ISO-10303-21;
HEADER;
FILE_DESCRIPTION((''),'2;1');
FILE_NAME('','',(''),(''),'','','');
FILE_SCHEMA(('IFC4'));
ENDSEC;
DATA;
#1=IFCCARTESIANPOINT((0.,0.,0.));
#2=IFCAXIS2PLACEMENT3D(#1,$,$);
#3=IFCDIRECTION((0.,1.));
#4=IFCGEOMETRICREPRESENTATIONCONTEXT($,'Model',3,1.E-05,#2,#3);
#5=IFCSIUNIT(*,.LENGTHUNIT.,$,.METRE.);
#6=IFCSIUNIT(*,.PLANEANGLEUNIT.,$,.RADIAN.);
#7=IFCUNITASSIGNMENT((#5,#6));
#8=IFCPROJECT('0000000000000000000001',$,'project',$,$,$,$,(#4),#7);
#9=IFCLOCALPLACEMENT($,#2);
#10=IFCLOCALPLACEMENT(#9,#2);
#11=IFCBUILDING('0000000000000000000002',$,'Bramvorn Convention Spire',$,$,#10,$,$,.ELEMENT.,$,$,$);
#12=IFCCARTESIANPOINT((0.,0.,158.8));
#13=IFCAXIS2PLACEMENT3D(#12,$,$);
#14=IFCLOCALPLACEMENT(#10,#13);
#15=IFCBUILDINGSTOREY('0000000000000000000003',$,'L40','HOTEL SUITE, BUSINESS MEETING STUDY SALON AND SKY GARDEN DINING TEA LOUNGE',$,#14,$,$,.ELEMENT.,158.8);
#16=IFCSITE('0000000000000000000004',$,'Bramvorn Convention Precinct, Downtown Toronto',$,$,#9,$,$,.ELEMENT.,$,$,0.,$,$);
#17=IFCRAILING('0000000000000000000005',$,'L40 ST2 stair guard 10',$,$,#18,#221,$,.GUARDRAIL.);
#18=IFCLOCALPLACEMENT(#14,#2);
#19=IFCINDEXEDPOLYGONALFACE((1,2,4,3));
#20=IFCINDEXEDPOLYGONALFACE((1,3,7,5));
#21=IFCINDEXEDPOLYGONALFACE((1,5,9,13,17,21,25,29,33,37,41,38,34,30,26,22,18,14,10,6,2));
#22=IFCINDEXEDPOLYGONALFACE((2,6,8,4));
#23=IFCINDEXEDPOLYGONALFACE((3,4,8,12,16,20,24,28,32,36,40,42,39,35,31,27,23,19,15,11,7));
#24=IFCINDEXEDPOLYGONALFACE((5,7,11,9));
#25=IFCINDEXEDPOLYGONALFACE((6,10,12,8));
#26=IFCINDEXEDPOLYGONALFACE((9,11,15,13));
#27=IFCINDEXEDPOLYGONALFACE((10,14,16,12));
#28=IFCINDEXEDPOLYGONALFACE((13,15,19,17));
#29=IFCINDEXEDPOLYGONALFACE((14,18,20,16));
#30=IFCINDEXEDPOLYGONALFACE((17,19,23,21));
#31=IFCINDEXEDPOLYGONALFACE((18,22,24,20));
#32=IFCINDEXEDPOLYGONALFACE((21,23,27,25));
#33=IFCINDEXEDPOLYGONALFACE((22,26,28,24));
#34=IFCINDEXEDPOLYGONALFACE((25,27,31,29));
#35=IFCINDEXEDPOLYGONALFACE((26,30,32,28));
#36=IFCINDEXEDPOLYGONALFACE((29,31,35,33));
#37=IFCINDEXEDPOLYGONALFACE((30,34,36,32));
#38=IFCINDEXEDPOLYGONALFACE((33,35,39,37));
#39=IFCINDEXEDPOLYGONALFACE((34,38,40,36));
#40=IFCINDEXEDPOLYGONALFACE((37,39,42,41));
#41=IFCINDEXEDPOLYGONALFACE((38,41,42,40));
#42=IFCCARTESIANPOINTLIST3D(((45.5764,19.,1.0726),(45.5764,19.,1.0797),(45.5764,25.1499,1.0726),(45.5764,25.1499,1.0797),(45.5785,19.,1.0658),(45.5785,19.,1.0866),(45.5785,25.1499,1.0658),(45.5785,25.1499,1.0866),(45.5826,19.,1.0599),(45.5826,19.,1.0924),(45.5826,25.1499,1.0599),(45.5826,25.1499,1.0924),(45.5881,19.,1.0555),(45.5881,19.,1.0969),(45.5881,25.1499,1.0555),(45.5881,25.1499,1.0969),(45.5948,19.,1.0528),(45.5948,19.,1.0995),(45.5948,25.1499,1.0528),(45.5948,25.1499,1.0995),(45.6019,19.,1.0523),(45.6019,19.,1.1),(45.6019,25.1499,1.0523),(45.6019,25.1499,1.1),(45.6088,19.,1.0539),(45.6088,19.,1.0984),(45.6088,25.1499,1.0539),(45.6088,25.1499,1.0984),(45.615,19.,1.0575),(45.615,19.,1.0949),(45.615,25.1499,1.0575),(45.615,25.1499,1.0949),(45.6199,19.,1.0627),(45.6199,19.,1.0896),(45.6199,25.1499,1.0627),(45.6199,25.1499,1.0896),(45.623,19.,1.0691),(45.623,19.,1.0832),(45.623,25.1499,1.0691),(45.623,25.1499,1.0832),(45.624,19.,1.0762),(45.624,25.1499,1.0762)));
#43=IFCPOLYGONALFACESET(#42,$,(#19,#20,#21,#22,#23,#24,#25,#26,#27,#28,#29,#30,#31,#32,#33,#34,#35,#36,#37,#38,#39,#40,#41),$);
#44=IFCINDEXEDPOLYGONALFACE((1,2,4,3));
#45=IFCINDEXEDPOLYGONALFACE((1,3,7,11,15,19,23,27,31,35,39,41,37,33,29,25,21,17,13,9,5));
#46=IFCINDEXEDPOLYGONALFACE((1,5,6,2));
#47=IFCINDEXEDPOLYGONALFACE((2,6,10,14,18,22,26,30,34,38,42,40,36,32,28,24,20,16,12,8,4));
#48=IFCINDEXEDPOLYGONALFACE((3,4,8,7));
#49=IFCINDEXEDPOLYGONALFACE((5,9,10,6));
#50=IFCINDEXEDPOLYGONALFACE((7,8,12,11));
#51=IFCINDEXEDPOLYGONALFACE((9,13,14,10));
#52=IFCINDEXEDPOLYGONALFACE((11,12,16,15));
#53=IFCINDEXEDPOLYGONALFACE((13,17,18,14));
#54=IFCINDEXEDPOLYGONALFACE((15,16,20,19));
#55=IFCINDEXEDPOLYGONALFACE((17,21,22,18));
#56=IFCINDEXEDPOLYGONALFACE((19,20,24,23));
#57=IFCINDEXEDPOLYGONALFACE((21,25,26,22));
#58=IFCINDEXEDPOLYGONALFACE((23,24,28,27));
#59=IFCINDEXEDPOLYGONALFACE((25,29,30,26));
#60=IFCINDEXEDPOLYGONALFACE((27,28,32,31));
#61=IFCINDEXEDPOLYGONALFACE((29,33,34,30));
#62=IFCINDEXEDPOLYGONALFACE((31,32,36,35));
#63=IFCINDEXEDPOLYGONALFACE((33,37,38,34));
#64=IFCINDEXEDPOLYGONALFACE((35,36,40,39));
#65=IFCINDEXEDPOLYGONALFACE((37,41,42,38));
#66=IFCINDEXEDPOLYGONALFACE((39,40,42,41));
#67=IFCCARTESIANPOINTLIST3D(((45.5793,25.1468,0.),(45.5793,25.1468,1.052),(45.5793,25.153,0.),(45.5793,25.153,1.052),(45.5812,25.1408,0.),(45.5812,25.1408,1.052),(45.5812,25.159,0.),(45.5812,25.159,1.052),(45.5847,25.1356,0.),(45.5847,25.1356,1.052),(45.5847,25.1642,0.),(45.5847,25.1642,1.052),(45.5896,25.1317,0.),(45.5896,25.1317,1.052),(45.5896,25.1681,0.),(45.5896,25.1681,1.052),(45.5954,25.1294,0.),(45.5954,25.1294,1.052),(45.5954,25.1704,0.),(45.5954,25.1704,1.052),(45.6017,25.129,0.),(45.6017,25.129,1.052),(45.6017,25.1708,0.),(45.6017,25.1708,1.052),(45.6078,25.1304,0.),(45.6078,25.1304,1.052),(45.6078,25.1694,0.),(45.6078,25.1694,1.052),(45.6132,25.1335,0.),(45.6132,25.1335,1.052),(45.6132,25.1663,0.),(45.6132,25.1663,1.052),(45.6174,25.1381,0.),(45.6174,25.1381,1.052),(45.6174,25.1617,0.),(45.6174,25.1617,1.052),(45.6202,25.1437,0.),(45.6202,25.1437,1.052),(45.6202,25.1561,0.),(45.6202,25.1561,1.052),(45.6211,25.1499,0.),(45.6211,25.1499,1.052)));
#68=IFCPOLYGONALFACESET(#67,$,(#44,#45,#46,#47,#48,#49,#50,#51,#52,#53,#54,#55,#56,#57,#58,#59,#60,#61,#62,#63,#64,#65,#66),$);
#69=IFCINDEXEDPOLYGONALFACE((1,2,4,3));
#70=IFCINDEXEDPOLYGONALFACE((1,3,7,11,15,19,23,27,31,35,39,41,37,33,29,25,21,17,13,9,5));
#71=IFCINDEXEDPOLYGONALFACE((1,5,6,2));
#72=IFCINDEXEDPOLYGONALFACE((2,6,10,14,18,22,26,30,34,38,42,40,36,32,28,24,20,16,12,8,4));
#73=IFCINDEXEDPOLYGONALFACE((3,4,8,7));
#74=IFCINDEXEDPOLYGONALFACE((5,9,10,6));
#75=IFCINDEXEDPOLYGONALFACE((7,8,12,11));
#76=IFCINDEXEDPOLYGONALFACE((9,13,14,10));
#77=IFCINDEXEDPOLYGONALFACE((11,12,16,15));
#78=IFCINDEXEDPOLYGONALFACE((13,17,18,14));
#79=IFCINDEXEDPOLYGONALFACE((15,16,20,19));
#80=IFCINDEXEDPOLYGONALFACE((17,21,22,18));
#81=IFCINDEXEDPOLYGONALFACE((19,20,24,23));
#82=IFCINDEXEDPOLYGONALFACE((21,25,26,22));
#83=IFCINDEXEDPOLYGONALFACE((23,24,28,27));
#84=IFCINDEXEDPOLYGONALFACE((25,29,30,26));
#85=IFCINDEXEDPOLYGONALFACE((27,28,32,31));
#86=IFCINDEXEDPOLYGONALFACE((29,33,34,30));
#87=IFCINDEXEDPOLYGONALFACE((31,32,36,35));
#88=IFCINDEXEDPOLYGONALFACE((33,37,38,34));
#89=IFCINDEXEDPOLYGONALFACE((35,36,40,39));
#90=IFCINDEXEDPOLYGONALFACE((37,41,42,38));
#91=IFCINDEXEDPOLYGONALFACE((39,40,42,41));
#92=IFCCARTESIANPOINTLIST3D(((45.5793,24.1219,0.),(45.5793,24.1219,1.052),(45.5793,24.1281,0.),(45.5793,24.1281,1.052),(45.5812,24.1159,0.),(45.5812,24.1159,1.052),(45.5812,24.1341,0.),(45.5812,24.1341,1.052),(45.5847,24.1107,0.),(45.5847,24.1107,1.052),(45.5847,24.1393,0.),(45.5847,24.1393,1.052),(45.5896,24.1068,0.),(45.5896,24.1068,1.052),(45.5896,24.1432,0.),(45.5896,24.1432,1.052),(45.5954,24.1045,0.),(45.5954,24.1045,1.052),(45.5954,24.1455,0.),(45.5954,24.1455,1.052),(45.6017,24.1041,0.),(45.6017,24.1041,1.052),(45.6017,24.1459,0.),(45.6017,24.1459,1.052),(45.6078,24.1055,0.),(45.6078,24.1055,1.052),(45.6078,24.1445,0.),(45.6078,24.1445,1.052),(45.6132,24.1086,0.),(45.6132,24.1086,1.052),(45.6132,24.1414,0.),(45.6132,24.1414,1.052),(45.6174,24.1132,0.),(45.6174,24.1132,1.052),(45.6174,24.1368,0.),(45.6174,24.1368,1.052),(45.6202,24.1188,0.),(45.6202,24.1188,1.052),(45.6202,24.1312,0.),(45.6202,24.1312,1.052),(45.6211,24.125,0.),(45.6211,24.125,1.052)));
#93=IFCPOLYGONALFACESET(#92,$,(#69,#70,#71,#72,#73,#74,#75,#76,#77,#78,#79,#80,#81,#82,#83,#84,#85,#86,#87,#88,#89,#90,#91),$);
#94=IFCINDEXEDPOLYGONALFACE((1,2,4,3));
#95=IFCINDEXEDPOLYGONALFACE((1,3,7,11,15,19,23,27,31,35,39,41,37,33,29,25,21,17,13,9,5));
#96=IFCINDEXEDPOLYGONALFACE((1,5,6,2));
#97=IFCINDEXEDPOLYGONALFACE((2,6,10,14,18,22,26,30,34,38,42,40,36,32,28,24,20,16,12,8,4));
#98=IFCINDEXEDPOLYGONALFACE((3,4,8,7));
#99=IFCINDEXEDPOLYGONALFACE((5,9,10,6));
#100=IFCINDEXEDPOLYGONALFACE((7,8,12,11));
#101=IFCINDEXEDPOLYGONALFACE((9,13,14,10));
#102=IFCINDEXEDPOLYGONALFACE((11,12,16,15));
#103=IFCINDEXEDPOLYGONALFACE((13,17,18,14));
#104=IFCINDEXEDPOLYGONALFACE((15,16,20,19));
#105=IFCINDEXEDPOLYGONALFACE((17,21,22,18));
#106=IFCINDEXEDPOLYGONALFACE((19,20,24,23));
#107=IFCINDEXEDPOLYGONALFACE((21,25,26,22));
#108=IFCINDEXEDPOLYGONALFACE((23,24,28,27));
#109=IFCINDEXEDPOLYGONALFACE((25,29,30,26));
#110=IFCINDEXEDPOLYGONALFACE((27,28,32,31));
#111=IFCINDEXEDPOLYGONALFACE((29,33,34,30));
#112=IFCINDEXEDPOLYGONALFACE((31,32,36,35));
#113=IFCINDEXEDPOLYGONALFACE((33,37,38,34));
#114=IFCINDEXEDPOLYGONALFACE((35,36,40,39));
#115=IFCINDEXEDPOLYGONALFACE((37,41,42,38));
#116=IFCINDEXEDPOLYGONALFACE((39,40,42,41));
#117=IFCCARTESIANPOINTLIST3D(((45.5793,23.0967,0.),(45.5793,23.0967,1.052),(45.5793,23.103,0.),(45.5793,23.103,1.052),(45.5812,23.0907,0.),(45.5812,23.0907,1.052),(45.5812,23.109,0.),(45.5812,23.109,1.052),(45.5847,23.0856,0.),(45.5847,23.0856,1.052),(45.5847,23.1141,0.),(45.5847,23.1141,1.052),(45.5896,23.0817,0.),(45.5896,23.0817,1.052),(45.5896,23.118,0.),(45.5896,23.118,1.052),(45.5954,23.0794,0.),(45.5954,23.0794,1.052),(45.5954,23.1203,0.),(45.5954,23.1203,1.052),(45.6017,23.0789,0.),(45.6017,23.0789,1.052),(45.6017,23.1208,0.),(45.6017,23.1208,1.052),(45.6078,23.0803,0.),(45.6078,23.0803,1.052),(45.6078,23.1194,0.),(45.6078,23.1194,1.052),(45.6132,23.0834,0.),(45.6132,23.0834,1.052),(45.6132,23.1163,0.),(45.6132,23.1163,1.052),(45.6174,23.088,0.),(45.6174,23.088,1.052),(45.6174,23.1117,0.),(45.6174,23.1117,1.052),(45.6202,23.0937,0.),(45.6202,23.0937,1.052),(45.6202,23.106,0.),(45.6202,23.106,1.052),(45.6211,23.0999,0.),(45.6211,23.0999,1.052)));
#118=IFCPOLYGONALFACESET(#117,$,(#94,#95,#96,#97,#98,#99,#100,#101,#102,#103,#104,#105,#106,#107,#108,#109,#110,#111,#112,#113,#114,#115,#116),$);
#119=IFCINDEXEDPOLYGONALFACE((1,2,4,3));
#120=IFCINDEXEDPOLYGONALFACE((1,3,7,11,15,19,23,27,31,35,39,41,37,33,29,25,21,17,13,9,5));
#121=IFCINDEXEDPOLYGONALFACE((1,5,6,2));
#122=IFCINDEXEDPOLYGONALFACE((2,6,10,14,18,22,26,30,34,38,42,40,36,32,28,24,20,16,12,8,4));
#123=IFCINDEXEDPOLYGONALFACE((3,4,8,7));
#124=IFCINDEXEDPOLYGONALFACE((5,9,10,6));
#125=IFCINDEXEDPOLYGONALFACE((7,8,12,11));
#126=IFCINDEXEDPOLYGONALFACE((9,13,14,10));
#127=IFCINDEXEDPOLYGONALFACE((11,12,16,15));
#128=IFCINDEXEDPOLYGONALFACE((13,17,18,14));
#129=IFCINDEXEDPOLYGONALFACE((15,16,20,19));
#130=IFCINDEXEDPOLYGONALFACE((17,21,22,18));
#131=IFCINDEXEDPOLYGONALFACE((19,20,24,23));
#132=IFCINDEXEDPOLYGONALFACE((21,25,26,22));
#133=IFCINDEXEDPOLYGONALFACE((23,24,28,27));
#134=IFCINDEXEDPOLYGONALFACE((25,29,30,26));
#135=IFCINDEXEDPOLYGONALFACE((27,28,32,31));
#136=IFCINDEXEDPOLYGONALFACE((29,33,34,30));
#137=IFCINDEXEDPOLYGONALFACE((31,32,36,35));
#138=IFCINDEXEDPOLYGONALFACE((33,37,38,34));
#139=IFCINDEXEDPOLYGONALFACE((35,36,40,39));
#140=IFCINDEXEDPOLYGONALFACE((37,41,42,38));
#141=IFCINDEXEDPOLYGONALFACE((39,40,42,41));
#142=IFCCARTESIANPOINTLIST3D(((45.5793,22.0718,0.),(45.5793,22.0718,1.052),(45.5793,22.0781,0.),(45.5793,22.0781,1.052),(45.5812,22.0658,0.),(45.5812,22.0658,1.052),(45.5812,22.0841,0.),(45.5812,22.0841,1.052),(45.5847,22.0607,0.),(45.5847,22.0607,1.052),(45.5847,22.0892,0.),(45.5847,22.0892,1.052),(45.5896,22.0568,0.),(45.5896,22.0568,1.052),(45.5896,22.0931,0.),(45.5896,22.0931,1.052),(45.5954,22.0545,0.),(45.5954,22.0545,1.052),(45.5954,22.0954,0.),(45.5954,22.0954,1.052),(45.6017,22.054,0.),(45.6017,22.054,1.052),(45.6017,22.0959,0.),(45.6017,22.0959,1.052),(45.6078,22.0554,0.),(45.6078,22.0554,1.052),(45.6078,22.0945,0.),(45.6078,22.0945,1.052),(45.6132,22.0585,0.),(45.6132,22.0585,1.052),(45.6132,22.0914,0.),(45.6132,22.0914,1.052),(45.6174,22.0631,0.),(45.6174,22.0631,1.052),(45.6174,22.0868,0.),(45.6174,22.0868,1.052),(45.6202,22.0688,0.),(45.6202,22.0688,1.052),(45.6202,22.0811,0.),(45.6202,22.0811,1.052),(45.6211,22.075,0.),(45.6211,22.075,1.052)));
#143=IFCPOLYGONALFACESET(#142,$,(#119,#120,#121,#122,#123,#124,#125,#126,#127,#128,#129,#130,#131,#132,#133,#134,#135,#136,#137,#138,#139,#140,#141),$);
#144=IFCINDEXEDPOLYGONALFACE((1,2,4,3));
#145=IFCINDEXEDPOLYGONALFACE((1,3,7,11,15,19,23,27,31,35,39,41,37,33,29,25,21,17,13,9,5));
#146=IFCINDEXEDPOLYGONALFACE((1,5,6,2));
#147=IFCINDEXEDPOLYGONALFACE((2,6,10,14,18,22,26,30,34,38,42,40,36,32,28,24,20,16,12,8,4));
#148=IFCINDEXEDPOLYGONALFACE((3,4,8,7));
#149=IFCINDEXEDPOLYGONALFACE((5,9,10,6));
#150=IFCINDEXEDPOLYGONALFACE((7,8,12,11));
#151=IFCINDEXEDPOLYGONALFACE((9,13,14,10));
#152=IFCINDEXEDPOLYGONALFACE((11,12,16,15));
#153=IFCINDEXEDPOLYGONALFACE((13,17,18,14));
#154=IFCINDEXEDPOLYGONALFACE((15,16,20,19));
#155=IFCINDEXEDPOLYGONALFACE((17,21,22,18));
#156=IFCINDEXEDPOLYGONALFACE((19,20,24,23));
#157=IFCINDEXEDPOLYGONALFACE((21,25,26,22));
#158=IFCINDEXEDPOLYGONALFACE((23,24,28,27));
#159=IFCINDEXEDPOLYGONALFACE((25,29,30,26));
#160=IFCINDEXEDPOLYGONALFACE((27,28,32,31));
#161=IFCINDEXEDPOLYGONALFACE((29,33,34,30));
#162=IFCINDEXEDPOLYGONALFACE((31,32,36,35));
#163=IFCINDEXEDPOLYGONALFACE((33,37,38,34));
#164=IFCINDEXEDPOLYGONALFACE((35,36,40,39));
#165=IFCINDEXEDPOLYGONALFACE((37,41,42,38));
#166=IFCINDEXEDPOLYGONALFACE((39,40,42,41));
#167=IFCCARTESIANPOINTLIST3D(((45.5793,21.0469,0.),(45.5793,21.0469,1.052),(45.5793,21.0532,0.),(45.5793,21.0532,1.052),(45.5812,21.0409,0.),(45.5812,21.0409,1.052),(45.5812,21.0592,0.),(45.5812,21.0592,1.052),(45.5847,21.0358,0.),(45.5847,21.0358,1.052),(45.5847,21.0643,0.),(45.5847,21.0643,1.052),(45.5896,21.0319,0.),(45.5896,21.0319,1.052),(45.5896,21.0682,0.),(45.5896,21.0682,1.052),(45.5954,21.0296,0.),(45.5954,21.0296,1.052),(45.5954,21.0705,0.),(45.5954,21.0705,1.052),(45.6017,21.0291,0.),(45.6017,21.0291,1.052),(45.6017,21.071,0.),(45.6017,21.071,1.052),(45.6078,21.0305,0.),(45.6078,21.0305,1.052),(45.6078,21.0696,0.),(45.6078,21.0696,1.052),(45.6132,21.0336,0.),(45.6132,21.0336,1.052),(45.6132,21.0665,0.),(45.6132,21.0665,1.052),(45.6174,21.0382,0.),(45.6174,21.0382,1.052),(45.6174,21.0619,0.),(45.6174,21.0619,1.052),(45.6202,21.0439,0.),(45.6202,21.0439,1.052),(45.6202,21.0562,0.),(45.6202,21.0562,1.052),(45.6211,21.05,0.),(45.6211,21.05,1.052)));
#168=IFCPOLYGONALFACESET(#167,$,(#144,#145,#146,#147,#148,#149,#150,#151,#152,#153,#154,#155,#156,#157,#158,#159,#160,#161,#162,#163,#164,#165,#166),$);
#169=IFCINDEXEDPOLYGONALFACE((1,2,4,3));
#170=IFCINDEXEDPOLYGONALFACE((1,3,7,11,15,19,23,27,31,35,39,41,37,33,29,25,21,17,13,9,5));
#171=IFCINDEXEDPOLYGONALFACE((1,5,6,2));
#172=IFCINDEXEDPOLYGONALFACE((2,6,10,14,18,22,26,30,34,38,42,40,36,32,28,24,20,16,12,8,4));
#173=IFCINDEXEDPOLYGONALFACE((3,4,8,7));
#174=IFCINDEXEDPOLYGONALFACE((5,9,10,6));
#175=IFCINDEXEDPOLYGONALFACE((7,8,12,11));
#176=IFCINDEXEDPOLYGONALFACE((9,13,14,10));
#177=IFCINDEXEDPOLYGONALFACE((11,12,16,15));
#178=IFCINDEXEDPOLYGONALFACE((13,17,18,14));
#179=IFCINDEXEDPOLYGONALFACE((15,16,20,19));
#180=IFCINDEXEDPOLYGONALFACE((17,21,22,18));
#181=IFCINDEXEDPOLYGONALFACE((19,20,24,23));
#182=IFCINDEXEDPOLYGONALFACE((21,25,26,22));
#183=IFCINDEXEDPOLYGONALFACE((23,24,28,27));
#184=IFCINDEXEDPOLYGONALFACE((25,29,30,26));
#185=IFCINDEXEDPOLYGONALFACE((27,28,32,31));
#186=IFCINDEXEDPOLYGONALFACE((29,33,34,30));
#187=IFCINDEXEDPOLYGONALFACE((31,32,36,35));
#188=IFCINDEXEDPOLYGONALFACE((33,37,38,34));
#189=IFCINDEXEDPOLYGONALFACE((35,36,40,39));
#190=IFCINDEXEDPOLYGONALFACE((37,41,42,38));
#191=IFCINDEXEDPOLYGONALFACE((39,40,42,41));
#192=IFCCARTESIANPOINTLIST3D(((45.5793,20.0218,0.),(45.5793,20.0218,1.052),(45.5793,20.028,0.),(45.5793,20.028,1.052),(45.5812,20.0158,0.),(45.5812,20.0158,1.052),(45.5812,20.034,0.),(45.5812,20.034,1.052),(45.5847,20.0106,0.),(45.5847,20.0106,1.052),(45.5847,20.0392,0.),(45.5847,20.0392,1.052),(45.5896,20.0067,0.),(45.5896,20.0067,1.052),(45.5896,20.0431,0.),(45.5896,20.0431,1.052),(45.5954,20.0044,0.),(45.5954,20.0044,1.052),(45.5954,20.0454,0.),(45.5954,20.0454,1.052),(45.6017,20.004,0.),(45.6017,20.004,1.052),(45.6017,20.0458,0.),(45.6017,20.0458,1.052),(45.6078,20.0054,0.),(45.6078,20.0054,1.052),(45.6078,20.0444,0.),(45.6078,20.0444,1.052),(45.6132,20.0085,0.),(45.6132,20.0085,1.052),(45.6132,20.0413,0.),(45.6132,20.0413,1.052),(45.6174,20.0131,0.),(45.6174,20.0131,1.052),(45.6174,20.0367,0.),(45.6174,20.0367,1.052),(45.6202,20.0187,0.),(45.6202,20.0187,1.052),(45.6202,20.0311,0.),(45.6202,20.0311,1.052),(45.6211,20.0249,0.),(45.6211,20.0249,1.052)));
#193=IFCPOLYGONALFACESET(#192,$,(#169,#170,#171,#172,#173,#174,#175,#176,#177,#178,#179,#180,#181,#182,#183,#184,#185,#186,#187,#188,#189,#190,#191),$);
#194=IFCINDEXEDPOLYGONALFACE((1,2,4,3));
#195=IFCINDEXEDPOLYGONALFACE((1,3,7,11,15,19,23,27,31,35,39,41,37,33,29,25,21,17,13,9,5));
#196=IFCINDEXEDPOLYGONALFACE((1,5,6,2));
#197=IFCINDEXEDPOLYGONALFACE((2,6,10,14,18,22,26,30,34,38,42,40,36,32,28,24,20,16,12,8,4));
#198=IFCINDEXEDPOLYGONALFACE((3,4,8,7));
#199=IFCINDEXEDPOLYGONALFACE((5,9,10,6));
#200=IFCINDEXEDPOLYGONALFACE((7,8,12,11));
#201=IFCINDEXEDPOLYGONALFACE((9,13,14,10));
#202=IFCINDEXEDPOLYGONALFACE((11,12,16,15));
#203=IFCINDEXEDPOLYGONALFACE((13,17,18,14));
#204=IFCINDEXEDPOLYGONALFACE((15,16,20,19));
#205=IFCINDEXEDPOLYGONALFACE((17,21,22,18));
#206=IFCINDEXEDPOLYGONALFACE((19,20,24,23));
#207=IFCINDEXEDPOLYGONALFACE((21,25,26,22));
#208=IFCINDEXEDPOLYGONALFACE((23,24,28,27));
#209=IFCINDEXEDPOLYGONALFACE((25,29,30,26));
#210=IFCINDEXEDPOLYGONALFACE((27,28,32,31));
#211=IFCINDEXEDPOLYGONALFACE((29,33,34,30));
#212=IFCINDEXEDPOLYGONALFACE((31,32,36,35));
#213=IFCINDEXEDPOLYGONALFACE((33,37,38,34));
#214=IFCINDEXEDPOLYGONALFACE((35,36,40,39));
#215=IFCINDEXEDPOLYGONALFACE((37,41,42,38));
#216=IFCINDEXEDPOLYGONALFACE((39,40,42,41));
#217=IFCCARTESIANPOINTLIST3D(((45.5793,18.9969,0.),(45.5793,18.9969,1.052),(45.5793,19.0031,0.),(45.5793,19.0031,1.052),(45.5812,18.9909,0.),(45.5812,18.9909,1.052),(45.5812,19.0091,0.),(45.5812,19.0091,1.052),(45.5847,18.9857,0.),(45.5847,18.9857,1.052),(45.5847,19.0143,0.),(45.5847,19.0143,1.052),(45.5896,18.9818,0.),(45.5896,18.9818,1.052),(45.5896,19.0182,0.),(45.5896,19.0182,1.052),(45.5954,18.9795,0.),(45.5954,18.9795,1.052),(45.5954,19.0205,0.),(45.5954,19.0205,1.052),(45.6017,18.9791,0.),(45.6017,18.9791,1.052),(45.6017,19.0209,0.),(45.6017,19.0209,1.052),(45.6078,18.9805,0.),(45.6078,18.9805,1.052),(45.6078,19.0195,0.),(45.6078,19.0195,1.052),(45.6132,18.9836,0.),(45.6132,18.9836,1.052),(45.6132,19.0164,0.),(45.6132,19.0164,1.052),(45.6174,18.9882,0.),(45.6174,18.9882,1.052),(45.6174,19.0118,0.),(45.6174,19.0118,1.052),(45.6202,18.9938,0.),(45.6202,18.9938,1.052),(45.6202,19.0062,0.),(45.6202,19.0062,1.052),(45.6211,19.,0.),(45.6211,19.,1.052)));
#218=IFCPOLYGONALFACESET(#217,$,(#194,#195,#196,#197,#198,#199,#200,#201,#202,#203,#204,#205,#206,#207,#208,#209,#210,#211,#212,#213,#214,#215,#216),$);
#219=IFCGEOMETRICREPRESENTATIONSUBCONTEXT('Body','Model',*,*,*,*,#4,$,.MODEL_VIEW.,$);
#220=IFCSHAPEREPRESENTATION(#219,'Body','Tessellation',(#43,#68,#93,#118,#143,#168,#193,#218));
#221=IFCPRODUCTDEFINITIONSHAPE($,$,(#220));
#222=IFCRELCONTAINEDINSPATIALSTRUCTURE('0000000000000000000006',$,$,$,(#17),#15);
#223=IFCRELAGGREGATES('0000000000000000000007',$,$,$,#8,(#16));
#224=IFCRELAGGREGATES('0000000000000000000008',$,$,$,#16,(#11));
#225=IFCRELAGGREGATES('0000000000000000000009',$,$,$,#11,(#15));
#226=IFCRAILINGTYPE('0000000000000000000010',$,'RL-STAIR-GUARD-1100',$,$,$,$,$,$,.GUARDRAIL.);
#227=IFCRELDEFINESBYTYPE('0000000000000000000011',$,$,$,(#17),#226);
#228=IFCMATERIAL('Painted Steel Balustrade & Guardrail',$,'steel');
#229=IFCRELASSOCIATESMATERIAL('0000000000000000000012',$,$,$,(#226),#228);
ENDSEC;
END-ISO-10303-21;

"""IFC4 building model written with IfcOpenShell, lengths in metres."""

from ifc_helpers import new_model, si_unit, direction, frame, origin, origin_2d, place, context, subcontext, project, spatial, circle, extrude, material, type_object, element, save


model = new_model("IFC4")

# Units and contexts
model_context = context("Model", 3, precision=1e-05, world=origin(), true_north=direction((0.0, 1.0)))
body_context = subcontext(model_context, "Body", "Model", "MODEL_VIEW")
ifc_project = project(units=[si_unit("LENGTHUNIT", "METRE"), si_unit("PLANEANGLEUNIT", "RADIAN")], contexts=[model_context])

# Site, building, storey
site_placement = place(None, origin())
site = spatial("IfcSite", under=ifc_project, at=site_placement, Name="Bramvorn Convention Precinct, Downtown Toronto", CompositionType="ELEMENT", RefElevation=0.0)
building_placement = place(site_placement, origin())
building = spatial("IfcBuilding", under=site, at=building_placement, Name="Bramvorn Convention Spire", CompositionType="ELEMENT")
storey_placement = place(building_placement, frame((0.0, 0.0, 158.8)))
storey = spatial("IfcBuildingStorey", under=building, at=storey_placement, Name="L40", Description="HOTEL SUITE, BUSINESS MEETING STUDY SALON AND SKY GARDEN DINING TEA LOUNGE", CompositionType="ELEMENT", Elevation=158.8)

# Railing
ifc_material_1 = material(Name="Painted Steel Balustrade & Guardrail", Category="steel")
railing_type_1 = type_object("IfcRailingType", Name="RL-STAIR-GUARD-1100", PredefinedType="GUARDRAIL", material=ifc_material_1)
railing_1_placement = place(storey_placement, frame((45.6001, 25.1499, 0.0)))
element("IfcRailing", 1, at=railing_1_placement, inside=storey, type_object=railing_type_1, Name="L40 ST2 stair guard 10", PredefinedType="GUARDRAIL", context=body_context, shape_type="SweptSolid", body=[
    extrude(circle(Radius=0.0239, at=origin_2d()), frame((0.0, 0.0, 1.0762), z_axis=(0.0, -1.0, 0.0), x_axis=(1.0, 0.0, 0.0)), (0.0, 0.0, 1.0), 6.1499),
    extrude(circle(Radius=0.021, at=origin_2d()), origin(), (0.0, 0.0, 1.0), 1.052),
    extrude(circle(Radius=0.021, at=origin_2d()), frame((0.0, -1.0249, 0.0)), (0.0, 0.0, 1.0), 1.052),
    extrude(circle(Radius=0.021, at=origin_2d()), frame((0.0, -2.05, 0.0)), (0.0, 0.0, 1.0), 1.052),
    extrude(circle(Radius=0.021, at=origin_2d()), frame((0.0, -3.075, 0.0)), (0.0, 0.0, 1.0), 1.052),
    extrude(circle(Radius=0.021, at=origin_2d()), frame((0.0, -4.0999, 0.0)), (0.0, 0.0, 1.0), 1.052),
    extrude(circle(Radius=0.021, at=origin_2d()), frame((0.0, -5.125, 0.0)), (0.0, 0.0, 1.0), 1.052),
    extrude(circle(Radius=0.021, at=origin_2d()), frame((0.0, -6.1499, 0.0)), (0.0, 0.0, 1.0), 1.052),
])

save(model, "model.ifc")
